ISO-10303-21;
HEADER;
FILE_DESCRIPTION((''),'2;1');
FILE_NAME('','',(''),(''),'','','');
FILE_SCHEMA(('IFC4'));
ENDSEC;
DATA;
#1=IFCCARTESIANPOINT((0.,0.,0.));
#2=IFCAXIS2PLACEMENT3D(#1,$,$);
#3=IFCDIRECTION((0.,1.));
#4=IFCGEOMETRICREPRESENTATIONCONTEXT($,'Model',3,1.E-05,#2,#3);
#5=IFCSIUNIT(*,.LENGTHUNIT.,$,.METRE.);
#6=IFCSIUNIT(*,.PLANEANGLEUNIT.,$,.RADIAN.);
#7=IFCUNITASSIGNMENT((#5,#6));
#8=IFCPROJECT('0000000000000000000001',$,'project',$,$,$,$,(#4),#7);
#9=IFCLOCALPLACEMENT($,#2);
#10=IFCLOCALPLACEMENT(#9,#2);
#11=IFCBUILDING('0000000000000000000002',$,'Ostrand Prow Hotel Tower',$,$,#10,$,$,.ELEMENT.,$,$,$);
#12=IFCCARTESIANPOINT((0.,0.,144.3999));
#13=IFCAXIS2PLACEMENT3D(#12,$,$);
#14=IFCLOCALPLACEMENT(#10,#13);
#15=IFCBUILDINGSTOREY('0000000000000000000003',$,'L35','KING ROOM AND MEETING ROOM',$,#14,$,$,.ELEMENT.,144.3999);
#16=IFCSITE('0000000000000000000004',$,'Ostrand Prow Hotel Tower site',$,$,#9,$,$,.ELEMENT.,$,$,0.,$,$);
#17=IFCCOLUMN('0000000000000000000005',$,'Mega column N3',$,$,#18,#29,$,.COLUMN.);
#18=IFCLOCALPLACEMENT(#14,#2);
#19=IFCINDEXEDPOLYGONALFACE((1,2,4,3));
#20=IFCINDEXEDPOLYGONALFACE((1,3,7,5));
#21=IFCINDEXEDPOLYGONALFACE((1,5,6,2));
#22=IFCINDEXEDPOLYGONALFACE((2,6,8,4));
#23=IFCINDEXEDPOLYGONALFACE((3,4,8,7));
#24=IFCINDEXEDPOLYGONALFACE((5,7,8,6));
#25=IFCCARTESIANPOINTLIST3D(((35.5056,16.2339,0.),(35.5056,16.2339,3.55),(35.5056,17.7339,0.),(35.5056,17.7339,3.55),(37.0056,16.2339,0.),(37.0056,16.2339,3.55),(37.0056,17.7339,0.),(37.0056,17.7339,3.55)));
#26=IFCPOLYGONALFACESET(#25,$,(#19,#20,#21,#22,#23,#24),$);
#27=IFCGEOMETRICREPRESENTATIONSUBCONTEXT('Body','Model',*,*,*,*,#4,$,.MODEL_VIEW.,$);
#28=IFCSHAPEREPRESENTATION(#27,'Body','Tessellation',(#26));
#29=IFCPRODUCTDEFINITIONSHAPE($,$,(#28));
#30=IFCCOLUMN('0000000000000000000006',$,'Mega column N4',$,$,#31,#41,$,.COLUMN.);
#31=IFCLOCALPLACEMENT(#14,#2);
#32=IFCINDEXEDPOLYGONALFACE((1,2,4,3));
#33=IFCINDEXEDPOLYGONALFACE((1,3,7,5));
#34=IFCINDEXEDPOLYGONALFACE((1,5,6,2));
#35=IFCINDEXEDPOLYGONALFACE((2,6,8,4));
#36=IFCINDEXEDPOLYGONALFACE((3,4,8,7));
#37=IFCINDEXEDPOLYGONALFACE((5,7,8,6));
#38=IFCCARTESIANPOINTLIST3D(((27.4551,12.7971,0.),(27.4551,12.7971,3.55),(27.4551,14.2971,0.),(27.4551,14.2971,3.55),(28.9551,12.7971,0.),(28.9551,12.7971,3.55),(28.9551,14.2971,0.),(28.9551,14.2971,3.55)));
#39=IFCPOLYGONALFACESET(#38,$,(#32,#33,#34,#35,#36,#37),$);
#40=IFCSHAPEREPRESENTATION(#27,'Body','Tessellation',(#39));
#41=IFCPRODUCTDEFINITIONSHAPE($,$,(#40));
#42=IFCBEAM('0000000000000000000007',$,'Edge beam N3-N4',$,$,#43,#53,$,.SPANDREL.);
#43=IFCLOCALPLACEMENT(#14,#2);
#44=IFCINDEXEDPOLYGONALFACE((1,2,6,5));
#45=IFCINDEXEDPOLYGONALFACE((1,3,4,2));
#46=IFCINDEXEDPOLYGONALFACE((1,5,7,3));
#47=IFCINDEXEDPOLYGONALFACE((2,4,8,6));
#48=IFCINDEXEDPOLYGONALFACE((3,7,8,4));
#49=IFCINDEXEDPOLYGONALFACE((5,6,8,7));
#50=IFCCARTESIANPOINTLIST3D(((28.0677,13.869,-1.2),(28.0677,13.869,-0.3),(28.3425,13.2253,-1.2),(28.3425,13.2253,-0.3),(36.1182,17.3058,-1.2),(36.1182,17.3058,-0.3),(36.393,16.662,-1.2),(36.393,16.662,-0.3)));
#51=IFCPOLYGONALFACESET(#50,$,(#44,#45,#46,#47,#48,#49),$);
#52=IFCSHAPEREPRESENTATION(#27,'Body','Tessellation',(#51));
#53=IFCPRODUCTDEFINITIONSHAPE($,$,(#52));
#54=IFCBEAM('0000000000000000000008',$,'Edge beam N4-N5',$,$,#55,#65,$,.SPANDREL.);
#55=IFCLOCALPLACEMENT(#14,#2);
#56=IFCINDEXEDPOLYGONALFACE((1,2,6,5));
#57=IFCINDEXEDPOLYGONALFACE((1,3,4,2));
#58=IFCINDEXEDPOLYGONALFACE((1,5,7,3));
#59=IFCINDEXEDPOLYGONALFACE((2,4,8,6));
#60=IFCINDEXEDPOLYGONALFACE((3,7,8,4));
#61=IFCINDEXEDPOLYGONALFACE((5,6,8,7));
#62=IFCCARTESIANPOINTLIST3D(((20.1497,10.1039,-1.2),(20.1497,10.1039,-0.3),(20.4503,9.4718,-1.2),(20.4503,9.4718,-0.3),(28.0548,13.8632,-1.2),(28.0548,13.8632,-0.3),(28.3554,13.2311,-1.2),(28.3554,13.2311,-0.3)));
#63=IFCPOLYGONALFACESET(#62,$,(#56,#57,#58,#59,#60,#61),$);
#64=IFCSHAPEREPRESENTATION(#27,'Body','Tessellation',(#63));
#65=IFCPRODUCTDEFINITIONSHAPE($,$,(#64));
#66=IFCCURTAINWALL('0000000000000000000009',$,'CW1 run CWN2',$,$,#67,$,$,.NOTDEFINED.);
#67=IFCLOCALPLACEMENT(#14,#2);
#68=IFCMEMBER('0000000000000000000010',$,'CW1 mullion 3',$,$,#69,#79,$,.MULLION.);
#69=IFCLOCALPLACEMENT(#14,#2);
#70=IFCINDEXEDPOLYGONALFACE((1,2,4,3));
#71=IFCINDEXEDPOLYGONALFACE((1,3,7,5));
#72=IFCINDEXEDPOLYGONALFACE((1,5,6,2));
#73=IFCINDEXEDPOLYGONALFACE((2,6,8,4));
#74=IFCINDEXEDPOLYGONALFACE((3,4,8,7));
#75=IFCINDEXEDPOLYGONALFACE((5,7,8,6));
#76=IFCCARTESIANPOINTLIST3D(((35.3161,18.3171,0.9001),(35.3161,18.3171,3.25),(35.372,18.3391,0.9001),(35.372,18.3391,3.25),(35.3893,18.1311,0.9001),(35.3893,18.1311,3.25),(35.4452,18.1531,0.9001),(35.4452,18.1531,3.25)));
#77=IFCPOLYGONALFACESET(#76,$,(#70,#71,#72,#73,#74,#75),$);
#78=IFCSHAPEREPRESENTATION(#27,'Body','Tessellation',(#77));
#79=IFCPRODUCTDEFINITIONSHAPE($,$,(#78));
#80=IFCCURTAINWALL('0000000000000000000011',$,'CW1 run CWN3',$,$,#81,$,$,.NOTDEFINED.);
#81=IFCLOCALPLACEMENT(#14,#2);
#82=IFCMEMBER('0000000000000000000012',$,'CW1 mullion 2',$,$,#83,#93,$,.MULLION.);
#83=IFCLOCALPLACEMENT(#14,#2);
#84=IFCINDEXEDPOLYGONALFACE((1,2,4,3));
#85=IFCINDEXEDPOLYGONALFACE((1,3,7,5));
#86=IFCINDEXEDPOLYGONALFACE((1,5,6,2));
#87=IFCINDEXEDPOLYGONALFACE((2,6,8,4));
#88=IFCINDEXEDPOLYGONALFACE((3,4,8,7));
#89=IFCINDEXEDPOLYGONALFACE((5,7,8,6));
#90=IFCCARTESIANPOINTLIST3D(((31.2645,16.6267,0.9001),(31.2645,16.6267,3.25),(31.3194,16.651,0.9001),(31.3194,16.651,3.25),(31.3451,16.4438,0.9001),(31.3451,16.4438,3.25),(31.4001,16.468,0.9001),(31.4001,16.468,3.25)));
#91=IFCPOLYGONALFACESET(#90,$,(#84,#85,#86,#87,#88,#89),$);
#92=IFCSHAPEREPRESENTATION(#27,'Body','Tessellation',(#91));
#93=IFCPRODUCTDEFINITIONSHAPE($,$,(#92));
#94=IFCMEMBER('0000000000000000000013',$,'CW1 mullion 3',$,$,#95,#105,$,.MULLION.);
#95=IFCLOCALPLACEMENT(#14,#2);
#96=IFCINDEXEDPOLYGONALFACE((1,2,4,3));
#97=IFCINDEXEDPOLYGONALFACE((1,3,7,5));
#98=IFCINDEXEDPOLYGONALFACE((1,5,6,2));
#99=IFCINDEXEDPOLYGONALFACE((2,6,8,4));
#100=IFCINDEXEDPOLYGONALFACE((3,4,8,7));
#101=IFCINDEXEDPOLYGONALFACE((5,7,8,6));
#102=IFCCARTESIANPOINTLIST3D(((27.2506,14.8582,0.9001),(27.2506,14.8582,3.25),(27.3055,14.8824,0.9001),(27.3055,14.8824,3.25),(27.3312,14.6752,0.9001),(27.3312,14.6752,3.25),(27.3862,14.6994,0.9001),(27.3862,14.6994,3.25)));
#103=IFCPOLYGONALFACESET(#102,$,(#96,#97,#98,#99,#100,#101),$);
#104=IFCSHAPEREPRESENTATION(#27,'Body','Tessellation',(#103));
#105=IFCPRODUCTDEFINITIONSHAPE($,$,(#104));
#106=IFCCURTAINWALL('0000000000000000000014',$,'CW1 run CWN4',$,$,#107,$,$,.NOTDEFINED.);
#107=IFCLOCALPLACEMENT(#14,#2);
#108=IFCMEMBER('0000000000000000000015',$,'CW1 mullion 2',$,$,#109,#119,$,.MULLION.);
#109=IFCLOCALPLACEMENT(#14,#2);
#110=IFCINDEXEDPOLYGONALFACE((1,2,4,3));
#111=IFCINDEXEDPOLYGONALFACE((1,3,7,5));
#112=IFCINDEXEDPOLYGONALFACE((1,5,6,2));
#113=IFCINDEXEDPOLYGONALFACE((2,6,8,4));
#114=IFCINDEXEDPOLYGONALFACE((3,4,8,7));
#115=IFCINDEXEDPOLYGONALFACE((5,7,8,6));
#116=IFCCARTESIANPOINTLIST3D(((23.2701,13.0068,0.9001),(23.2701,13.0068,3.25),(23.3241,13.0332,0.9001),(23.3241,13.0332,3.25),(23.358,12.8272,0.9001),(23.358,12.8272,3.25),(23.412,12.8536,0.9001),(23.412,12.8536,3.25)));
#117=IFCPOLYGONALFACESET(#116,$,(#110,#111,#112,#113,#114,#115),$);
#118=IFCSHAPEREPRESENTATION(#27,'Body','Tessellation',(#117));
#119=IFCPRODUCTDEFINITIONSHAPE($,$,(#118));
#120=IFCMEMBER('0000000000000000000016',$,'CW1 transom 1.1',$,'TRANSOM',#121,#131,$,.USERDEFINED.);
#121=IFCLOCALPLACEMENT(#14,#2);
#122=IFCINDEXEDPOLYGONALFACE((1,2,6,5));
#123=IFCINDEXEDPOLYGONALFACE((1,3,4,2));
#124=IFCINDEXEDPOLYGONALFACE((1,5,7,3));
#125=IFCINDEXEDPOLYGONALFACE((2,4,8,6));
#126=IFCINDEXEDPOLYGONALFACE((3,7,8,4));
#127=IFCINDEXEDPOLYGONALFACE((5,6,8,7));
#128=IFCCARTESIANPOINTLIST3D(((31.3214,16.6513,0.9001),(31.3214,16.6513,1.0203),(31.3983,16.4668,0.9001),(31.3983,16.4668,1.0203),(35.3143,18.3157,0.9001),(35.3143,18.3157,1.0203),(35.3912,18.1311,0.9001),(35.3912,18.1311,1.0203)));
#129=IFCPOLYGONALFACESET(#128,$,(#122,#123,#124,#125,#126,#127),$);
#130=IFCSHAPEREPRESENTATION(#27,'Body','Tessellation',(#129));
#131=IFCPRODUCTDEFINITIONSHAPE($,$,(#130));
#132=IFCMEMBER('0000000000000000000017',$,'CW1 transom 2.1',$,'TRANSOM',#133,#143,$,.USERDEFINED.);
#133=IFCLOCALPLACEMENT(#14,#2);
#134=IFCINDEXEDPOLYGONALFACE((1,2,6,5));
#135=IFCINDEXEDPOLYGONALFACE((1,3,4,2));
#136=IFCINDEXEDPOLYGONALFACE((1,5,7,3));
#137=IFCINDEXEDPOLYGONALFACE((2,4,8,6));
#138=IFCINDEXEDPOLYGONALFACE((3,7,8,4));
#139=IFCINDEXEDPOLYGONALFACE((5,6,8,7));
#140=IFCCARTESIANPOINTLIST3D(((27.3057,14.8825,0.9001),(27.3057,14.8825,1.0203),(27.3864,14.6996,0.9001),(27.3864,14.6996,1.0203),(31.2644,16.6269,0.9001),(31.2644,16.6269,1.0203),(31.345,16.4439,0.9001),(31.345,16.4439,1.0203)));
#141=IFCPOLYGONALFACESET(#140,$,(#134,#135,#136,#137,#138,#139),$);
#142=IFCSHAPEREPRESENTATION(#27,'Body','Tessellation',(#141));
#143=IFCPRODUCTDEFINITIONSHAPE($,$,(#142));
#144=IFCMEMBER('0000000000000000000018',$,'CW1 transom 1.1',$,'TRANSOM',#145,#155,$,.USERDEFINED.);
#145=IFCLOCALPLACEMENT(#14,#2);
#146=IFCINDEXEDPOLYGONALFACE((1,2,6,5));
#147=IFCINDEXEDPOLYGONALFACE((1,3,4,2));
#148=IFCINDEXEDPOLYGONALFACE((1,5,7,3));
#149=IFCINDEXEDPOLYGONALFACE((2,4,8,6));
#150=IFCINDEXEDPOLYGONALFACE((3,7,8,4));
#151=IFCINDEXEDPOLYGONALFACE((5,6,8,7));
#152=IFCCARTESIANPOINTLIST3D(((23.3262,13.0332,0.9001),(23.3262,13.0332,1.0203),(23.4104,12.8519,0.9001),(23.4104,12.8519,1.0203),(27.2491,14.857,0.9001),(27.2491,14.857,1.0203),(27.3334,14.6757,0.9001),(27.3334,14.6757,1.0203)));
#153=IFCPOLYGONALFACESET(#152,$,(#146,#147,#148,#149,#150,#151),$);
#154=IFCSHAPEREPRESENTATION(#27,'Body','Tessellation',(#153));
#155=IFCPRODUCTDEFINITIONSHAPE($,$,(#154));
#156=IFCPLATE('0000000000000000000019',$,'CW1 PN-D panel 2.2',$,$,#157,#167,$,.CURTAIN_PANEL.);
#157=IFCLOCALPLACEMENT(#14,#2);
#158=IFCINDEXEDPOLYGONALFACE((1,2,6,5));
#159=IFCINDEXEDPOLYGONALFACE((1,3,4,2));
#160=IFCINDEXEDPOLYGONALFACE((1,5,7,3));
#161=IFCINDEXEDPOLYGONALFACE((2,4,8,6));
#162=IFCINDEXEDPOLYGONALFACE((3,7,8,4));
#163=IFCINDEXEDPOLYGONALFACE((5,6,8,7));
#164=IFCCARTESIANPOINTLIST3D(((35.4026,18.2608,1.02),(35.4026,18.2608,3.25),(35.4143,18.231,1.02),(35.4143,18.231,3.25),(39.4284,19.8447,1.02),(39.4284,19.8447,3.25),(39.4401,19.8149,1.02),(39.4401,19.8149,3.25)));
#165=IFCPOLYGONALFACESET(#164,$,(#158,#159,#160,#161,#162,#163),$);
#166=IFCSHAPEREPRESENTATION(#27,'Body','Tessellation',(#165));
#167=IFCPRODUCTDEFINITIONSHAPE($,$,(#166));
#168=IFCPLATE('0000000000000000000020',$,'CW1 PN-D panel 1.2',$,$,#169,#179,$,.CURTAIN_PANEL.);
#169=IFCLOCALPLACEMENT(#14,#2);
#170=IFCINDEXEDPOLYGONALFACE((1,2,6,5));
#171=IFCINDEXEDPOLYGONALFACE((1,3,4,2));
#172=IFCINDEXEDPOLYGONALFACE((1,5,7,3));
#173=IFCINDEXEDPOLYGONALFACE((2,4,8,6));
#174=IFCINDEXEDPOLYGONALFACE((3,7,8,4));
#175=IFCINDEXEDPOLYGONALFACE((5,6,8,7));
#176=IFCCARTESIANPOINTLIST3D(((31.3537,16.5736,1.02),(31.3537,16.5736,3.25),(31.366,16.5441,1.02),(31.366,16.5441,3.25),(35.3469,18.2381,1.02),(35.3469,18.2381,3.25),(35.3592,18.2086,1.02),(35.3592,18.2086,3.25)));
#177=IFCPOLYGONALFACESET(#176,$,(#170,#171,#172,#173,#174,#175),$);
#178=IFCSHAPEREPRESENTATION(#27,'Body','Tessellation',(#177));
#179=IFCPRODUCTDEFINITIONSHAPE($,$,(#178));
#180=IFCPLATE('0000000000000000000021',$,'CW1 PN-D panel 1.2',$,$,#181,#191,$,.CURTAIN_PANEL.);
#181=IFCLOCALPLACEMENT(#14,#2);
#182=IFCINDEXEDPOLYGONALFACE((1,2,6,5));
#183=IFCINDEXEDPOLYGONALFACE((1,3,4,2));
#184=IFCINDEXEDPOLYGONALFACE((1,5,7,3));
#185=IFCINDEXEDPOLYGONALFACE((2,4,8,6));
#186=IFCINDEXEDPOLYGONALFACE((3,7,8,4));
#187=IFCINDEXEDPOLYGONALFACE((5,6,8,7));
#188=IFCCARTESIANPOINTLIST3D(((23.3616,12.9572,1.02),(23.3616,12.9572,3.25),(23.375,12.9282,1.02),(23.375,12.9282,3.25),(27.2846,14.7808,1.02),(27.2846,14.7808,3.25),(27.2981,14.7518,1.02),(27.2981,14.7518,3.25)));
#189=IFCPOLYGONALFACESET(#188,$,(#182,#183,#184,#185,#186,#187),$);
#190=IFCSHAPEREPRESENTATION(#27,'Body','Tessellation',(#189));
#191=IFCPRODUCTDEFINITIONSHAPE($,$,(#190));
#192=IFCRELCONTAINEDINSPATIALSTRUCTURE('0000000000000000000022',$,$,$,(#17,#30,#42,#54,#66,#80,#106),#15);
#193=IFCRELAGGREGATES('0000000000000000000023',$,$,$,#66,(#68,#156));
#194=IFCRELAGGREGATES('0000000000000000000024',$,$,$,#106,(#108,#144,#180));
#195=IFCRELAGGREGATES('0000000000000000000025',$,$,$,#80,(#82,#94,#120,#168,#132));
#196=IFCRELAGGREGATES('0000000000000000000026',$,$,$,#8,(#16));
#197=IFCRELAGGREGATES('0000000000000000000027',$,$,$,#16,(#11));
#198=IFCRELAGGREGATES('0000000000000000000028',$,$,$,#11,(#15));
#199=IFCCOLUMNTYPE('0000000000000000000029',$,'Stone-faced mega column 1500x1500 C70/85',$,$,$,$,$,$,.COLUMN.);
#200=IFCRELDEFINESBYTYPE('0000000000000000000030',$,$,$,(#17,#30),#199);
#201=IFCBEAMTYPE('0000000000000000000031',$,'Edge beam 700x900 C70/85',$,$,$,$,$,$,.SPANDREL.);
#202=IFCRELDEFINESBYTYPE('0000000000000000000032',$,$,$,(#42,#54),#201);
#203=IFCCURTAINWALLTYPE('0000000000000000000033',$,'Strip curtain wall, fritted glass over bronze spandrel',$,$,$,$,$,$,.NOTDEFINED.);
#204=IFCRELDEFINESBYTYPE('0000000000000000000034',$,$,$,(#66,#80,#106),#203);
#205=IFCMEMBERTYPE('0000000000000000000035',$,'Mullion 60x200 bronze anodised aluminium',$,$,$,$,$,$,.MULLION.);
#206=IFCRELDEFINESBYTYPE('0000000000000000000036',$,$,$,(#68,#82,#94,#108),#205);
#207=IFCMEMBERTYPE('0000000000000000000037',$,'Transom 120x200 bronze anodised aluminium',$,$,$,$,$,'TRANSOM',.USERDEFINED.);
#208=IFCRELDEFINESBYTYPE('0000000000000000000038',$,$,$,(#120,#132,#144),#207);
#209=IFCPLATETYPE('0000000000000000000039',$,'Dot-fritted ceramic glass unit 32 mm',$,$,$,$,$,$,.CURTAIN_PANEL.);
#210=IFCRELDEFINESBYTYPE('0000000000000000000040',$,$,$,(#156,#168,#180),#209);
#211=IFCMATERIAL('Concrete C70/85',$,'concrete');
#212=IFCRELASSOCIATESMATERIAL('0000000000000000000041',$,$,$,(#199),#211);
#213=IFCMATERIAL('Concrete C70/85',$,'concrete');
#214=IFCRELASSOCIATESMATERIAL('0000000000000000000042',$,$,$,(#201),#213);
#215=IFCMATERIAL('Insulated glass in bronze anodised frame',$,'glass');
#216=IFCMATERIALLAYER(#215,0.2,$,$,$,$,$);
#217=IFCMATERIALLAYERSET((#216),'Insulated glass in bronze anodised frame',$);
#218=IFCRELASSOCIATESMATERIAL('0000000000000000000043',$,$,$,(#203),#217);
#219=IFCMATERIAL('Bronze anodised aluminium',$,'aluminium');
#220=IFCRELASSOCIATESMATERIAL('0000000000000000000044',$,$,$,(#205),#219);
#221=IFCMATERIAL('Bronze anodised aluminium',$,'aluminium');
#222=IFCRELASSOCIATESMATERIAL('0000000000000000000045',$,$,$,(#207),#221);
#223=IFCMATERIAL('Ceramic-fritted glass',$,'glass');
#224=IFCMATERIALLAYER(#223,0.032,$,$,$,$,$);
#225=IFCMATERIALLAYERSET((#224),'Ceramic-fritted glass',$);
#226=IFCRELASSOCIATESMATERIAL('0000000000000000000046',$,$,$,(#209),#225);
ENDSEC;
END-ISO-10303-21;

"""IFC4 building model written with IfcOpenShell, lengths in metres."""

from ifc_helpers import new_model, si_unit, direction, frame, origin, origin_2d, place, context, subcontext, project, spatial, rectangle, extrude, material, layer, layer_set, material_profile, profile_set, type_object, element, aggregate, save


model = new_model("IFC4")

# Units and contexts
model_context = context("Model", 3, precision=1e-05, world=origin(), true_north=direction((0.0, 1.0)))
body_context = subcontext(model_context, "Body", "Model", "MODEL_VIEW")
ifc_project = project(units=[si_unit("LENGTHUNIT", "METRE"), si_unit("PLANEANGLEUNIT", "RADIAN")], contexts=[model_context])

# Site, building, storey
site_placement = place(None, origin())
site = spatial("IfcSite", under=ifc_project, at=site_placement, Name="Ostrand Prow Hotel Tower site", CompositionType="ELEMENT", RefElevation=0.0)
building_placement = place(site_placement, origin())
building = spatial("IfcBuilding", under=site, at=building_placement, Name="Ostrand Prow Hotel Tower", CompositionType="ELEMENT")
storey_placement = place(building_placement, frame((0.0, 0.0, 144.3999)))
storey = spatial("IfcBuildingStorey", under=building, at=storey_placement, Name="L35", Description="KING ROOM AND MEETING ROOM", CompositionType="ELEMENT", Elevation=144.3999)

# Columns
ifc_material_1 = material(Name="Concrete C70/85", Category="concrete")
ifc_material_profile_1 = material_profile(ifc_material_1, rectangle(XDim=1.5, YDim=1.5, at=origin_2d()), Name="RC 1500x1500")
ifc_profile_set_1 = profile_set([ifc_material_profile_1], Name="Concrete C70/85")
column_type = type_object("IfcColumnType", Name="Stone-faced mega column 1500x1500 C70/85", PredefinedType="COLUMN", material=ifc_profile_set_1)
for number, where, z_axis, x_axis, name in (
    (1, (36.2556, 16.9839, 0.0), (0.0, 0.0, 1.0), (1.0, 0.0, 0.0), "Mega column N3"),
    (2, (28.2051, 13.5471, 0.0), (0.0, 0.0, 1.0), (1.0, 0.0, 0.0), "Mega column N4"),
):
    element("IfcColumn", number, at=place(storey_placement, frame(where, z_axis=z_axis, x_axis=x_axis)), inside=storey, type_object=column_type, Name=name, PredefinedType="COLUMN", context=body_context, shape_type="SweptSolid", body=[
        extrude(rectangle(XDim=1.5, YDim=1.5, at=origin_2d()), origin(), (0.0, 0.0, 1.0), 3.55),
    ])

# Beams
ifc_material_2 = material(Name="Concrete C70/85", Category="concrete")
ifc_material_profile_2 = material_profile(ifc_material_2, rectangle(XDim=0.7, YDim=0.8999, at=origin_2d()), Name="RC 700x900")
ifc_profile_set_2 = profile_set([ifc_material_profile_2], Name="Concrete C70/85")
beam_type = type_object("IfcBeamType", Name="Edge beam 700x900 C70/85", PredefinedType="SPANDREL", material=ifc_profile_set_2)
for number, where, z_axis, x_axis, name in (
    (3, (36.2556, 16.9839, -0.75), (-0.919701, -0.39262, 0.0), (0.39262, -0.919701, 0.0), "Edge beam N3-N4"),
    (4, (28.2051, 13.5471, -0.75), (-0.903083, -0.429466, 0.0), (0.429466, -0.903083, 0.0), "Edge beam N4-N5"),
):
    element("IfcBeam", number, at=place(storey_placement, frame(where, z_axis=z_axis, x_axis=x_axis)), inside=storey, type_object=beam_type, Name=name, PredefinedType="SPANDREL", context=body_context, shape_type="SweptSolid", body=[
        extrude(rectangle(XDim=0.7, YDim=0.8999, at=origin_2d()), origin(), (0.0, 0.0, 1.0), 8.7534),
    ])

# Curtain wall, member
ifc_material_3 = material(Name="Insulated glass in bronze anodised frame", Category="glass")
ifc_layer_1 = layer(ifc_material_3, 0.2)
ifc_layer_set_1 = layer_set([ifc_layer_1], Name="Insulated glass in bronze anodised frame")
curtain_wall_type = type_object("IfcCurtainWallType", Name="Strip curtain wall, fritted glass over bronze spandrel", PredefinedType="NOTDEFINED", material=ifc_layer_set_1)
curtain_wall_1_placement = place(storey_placement, origin())
curtain_wall_1 = element("IfcCurtainWall", 5, at=curtain_wall_1_placement, inside=storey, type_object=curtain_wall_type, Name="CW1 run CWN2", PredefinedType="NOTDEFINED")
ifc_material_4 = material(Name="Bronze anodised aluminium", Category="aluminium")
ifc_material_profile_3 = material_profile(ifc_material_4, rectangle(XDim=0.2, YDim=0.0601, at=origin_2d()), Name="Mullion 60x200 bronze anodised aluminium")
ifc_profile_set_3 = profile_set([ifc_material_profile_3], Name="Bronze anodised aluminium")
member_type_1 = type_object("IfcMemberType", Name="Mullion 60x200 bronze anodised aluminium", PredefinedType="MULLION", material=ifc_profile_set_3)
member_1_placement = place(storey_placement, frame((35.3806, 18.2351, 0.9001), z_axis=(0.0, 0.0, 1.0), x_axis=(0.366116, -0.930569, 0.0)))
member_1 = element("IfcMember", 6, at=member_1_placement, type_object=member_type_1, Name="CW1 mullion 3", PredefinedType="MULLION", context=body_context, shape_type="SweptSolid", body=[
    extrude(rectangle(XDim=0.2, YDim=0.0601, at=origin_2d()), origin(), (0.0, 0.0, 1.0), 2.3499),
])

# Curtain wall, members
curtain_wall_2_placement = place(storey_placement, origin())
curtain_wall_2 = element("IfcCurtainWall", 7, at=curtain_wall_2_placement, inside=storey, type_object=curtain_wall_type, Name="CW1 run CWN3", PredefinedType="NOTDEFINED")
member_2_placement = place(storey_placement, frame((31.3323, 16.5474, 0.9001), z_axis=(0.0, 0.0, 1.0), x_axis=(0.403213, -0.915106, 0.0)))
member_2 = element("IfcMember", 8, at=member_2_placement, type_object=member_type_1, Name="CW1 mullion 2", PredefinedType="MULLION", context=body_context, shape_type="SweptSolid", body=[
    extrude(rectangle(XDim=0.2, YDim=0.0601, at=origin_2d()), origin(), (0.0, 0.0, 1.0), 2.3499),
])
member_3_placement = place(storey_placement, frame((27.3184, 14.7788, 0.9001), z_axis=(0.0, 0.0, 1.0), x_axis=(0.403213, -0.915106, 0.0)))
member_3 = element("IfcMember", 9, at=member_3_placement, type_object=member_type_1, Name="CW1 mullion 3", PredefinedType="MULLION", context=body_context, shape_type="SweptSolid", body=[
    extrude(rectangle(XDim=0.2, YDim=0.0601, at=origin_2d()), origin(), (0.0, 0.0, 1.0), 2.3499),
])

# Curtain wall, member
curtain_wall_3_placement = place(storey_placement, origin())
curtain_wall_3 = element("IfcCurtainWall", 10, at=curtain_wall_3_placement, inside=storey, type_object=curtain_wall_type, Name="CW1 run CWN4", PredefinedType="NOTDEFINED")
member_4_placement = place(storey_placement, frame((23.3411, 12.9302, 0.9001), z_axis=(0.0, 0.0, 1.0), x_axis=(0.439659, -0.898165, 0.0)))
member_4 = element("IfcMember", 11, at=member_4_placement, type_object=member_type_1, Name="CW1 mullion 2", PredefinedType="MULLION", context=body_context, shape_type="SweptSolid", body=[
    extrude(rectangle(XDim=0.2, YDim=0.0601, at=origin_2d()), origin(), (0.0, 0.0, 1.0), 2.3499),
])

# Members
ifc_material_5 = material(Name="Bronze anodised aluminium", Category="aluminium")
ifc_material_profile_4 = material_profile(ifc_material_5, rectangle(XDim=0.2, YDim=0.1201, at=origin_2d()), Name="Transom 120x200 bronze anodised aluminium")
ifc_profile_set_4 = profile_set([ifc_material_profile_4], Name="Bronze anodised aluminium")
member_type_2 = type_object("IfcMemberType", Name="Transom 120x200 bronze anodised aluminium", ElementType="TRANSOM", PredefinedType="USERDEFINED", material=ifc_profile_set_4)
member_5_placement = place(storey_placement, frame((35.3528, 18.2234, 0.9602), z_axis=(-0.923028, -0.384732, 0.0), x_axis=(0.384732, -0.923028, 0.0)))
member_5 = element("IfcMember", 12, at=member_5_placement, type_object=member_type_2, Name="CW1 transom 1.1", ObjectType="TRANSOM", PredefinedType="USERDEFINED", context=body_context, shape_type="SweptSolid", body=[
    extrude(rectangle(XDim=0.2, YDim=0.1201, at=origin_2d()), origin(), (0.0, 0.0, 1.0), 4.3259),
])
member_6_placement = place(storey_placement, frame((31.3047, 16.5354, 0.9602), z_axis=(-0.915099, -0.40323, 0.0), x_axis=(0.40323, -0.915099, 0.0)))
member_6 = element("IfcMember", 13, at=member_6_placement, type_object=member_type_2, Name="CW1 transom 2.1", ObjectType="TRANSOM", PredefinedType="USERDEFINED", context=body_context, shape_type="SweptSolid", body=[
    extrude(rectangle(XDim=0.2, YDim=0.1201, at=origin_2d()), origin(), (0.0, 0.0, 1.0), 4.3259),
])
member_7_placement = place(storey_placement, frame((27.2913, 14.7664, 0.9602), z_axis=(-0.906796, -0.421569, 0.0), x_axis=(0.421569, -0.906796, 0.0)))
member_7 = element("IfcMember", 14, at=member_7_placement, type_object=member_type_2, Name="CW1 transom 1.1", ObjectType="TRANSOM", PredefinedType="USERDEFINED", context=body_context, shape_type="SweptSolid", body=[
    extrude(rectangle(XDim=0.2, YDim=0.1201, at=origin_2d()), origin(), (0.0, 0.0, 1.0), 4.3262),
])

# Plates
ifc_material_6 = material(Name="Ceramic-fritted glass", Category="glass")
ifc_layer_2 = layer(ifc_material_6, 0.032)
ifc_layer_set_2 = layer_set([ifc_layer_2], Name="Ceramic-fritted glass")
plate_type_1 = type_object("IfcPlateType", Name="Dot-fritted ceramic glass unit 32 mm", PredefinedType="CURTAIN_PANEL", material=ifc_layer_set_2)
plate_1_placement = place(storey_placement, frame((37.4214, 19.0378, 1.02), z_axis=(0.0, 0.0, 1.0), x_axis=(-0.930569, -0.366116, 0.0)))
plate_1 = element("IfcPlate", 15, at=plate_1_placement, type_object=plate_type_1, Name="CW1 PN-D panel 2.2", PredefinedType="CURTAIN_PANEL", context=body_context, shape_type="SweptSolid", body=[
    extrude(rectangle(XDim=4.3262, YDim=0.032, at=origin_2d()), origin(), (0.0, 0.0, 1.0), 2.23),
])
aggregate(curtain_wall_1, [member_1, plate_1])
plate_2_placement = place(storey_placement, frame((33.3564, 17.3911, 1.02), z_axis=(0.0, 0.0, 1.0), x_axis=(-0.923024, -0.384743, 0.0)))
plate_2 = element("IfcPlate", 16, at=plate_2_placement, type_object=plate_type_1, Name="CW1 PN-D panel 1.2", PredefinedType="CURTAIN_PANEL", context=body_context, shape_type="SweptSolid", body=[
    extrude(rectangle(XDim=4.3262, YDim=0.032, at=origin_2d()), origin(), (0.0, 0.0, 1.0), 2.23),
])
plate_3_placement = place(storey_placement, frame((25.3298, 13.8545, 1.02), z_axis=(0.0, 0.0, 1.0), x_axis=(-0.906818, -0.421522, 0.0)))
plate_3 = element("IfcPlate", 17, at=plate_3_placement, type_object=plate_type_1, Name="CW1 PN-D panel 1.2", PredefinedType="CURTAIN_PANEL", context=body_context, shape_type="SweptSolid", body=[
    extrude(rectangle(XDim=4.3262, YDim=0.032, at=origin_2d()), origin(), (0.0, 0.0, 1.0), 2.23),
])
aggregate(curtain_wall_3, [member_4, member_7, plate_3])
aggregate(curtain_wall_2, [member_2, member_3, member_5, plate_2, member_6])

save(model, "model.ifc")
